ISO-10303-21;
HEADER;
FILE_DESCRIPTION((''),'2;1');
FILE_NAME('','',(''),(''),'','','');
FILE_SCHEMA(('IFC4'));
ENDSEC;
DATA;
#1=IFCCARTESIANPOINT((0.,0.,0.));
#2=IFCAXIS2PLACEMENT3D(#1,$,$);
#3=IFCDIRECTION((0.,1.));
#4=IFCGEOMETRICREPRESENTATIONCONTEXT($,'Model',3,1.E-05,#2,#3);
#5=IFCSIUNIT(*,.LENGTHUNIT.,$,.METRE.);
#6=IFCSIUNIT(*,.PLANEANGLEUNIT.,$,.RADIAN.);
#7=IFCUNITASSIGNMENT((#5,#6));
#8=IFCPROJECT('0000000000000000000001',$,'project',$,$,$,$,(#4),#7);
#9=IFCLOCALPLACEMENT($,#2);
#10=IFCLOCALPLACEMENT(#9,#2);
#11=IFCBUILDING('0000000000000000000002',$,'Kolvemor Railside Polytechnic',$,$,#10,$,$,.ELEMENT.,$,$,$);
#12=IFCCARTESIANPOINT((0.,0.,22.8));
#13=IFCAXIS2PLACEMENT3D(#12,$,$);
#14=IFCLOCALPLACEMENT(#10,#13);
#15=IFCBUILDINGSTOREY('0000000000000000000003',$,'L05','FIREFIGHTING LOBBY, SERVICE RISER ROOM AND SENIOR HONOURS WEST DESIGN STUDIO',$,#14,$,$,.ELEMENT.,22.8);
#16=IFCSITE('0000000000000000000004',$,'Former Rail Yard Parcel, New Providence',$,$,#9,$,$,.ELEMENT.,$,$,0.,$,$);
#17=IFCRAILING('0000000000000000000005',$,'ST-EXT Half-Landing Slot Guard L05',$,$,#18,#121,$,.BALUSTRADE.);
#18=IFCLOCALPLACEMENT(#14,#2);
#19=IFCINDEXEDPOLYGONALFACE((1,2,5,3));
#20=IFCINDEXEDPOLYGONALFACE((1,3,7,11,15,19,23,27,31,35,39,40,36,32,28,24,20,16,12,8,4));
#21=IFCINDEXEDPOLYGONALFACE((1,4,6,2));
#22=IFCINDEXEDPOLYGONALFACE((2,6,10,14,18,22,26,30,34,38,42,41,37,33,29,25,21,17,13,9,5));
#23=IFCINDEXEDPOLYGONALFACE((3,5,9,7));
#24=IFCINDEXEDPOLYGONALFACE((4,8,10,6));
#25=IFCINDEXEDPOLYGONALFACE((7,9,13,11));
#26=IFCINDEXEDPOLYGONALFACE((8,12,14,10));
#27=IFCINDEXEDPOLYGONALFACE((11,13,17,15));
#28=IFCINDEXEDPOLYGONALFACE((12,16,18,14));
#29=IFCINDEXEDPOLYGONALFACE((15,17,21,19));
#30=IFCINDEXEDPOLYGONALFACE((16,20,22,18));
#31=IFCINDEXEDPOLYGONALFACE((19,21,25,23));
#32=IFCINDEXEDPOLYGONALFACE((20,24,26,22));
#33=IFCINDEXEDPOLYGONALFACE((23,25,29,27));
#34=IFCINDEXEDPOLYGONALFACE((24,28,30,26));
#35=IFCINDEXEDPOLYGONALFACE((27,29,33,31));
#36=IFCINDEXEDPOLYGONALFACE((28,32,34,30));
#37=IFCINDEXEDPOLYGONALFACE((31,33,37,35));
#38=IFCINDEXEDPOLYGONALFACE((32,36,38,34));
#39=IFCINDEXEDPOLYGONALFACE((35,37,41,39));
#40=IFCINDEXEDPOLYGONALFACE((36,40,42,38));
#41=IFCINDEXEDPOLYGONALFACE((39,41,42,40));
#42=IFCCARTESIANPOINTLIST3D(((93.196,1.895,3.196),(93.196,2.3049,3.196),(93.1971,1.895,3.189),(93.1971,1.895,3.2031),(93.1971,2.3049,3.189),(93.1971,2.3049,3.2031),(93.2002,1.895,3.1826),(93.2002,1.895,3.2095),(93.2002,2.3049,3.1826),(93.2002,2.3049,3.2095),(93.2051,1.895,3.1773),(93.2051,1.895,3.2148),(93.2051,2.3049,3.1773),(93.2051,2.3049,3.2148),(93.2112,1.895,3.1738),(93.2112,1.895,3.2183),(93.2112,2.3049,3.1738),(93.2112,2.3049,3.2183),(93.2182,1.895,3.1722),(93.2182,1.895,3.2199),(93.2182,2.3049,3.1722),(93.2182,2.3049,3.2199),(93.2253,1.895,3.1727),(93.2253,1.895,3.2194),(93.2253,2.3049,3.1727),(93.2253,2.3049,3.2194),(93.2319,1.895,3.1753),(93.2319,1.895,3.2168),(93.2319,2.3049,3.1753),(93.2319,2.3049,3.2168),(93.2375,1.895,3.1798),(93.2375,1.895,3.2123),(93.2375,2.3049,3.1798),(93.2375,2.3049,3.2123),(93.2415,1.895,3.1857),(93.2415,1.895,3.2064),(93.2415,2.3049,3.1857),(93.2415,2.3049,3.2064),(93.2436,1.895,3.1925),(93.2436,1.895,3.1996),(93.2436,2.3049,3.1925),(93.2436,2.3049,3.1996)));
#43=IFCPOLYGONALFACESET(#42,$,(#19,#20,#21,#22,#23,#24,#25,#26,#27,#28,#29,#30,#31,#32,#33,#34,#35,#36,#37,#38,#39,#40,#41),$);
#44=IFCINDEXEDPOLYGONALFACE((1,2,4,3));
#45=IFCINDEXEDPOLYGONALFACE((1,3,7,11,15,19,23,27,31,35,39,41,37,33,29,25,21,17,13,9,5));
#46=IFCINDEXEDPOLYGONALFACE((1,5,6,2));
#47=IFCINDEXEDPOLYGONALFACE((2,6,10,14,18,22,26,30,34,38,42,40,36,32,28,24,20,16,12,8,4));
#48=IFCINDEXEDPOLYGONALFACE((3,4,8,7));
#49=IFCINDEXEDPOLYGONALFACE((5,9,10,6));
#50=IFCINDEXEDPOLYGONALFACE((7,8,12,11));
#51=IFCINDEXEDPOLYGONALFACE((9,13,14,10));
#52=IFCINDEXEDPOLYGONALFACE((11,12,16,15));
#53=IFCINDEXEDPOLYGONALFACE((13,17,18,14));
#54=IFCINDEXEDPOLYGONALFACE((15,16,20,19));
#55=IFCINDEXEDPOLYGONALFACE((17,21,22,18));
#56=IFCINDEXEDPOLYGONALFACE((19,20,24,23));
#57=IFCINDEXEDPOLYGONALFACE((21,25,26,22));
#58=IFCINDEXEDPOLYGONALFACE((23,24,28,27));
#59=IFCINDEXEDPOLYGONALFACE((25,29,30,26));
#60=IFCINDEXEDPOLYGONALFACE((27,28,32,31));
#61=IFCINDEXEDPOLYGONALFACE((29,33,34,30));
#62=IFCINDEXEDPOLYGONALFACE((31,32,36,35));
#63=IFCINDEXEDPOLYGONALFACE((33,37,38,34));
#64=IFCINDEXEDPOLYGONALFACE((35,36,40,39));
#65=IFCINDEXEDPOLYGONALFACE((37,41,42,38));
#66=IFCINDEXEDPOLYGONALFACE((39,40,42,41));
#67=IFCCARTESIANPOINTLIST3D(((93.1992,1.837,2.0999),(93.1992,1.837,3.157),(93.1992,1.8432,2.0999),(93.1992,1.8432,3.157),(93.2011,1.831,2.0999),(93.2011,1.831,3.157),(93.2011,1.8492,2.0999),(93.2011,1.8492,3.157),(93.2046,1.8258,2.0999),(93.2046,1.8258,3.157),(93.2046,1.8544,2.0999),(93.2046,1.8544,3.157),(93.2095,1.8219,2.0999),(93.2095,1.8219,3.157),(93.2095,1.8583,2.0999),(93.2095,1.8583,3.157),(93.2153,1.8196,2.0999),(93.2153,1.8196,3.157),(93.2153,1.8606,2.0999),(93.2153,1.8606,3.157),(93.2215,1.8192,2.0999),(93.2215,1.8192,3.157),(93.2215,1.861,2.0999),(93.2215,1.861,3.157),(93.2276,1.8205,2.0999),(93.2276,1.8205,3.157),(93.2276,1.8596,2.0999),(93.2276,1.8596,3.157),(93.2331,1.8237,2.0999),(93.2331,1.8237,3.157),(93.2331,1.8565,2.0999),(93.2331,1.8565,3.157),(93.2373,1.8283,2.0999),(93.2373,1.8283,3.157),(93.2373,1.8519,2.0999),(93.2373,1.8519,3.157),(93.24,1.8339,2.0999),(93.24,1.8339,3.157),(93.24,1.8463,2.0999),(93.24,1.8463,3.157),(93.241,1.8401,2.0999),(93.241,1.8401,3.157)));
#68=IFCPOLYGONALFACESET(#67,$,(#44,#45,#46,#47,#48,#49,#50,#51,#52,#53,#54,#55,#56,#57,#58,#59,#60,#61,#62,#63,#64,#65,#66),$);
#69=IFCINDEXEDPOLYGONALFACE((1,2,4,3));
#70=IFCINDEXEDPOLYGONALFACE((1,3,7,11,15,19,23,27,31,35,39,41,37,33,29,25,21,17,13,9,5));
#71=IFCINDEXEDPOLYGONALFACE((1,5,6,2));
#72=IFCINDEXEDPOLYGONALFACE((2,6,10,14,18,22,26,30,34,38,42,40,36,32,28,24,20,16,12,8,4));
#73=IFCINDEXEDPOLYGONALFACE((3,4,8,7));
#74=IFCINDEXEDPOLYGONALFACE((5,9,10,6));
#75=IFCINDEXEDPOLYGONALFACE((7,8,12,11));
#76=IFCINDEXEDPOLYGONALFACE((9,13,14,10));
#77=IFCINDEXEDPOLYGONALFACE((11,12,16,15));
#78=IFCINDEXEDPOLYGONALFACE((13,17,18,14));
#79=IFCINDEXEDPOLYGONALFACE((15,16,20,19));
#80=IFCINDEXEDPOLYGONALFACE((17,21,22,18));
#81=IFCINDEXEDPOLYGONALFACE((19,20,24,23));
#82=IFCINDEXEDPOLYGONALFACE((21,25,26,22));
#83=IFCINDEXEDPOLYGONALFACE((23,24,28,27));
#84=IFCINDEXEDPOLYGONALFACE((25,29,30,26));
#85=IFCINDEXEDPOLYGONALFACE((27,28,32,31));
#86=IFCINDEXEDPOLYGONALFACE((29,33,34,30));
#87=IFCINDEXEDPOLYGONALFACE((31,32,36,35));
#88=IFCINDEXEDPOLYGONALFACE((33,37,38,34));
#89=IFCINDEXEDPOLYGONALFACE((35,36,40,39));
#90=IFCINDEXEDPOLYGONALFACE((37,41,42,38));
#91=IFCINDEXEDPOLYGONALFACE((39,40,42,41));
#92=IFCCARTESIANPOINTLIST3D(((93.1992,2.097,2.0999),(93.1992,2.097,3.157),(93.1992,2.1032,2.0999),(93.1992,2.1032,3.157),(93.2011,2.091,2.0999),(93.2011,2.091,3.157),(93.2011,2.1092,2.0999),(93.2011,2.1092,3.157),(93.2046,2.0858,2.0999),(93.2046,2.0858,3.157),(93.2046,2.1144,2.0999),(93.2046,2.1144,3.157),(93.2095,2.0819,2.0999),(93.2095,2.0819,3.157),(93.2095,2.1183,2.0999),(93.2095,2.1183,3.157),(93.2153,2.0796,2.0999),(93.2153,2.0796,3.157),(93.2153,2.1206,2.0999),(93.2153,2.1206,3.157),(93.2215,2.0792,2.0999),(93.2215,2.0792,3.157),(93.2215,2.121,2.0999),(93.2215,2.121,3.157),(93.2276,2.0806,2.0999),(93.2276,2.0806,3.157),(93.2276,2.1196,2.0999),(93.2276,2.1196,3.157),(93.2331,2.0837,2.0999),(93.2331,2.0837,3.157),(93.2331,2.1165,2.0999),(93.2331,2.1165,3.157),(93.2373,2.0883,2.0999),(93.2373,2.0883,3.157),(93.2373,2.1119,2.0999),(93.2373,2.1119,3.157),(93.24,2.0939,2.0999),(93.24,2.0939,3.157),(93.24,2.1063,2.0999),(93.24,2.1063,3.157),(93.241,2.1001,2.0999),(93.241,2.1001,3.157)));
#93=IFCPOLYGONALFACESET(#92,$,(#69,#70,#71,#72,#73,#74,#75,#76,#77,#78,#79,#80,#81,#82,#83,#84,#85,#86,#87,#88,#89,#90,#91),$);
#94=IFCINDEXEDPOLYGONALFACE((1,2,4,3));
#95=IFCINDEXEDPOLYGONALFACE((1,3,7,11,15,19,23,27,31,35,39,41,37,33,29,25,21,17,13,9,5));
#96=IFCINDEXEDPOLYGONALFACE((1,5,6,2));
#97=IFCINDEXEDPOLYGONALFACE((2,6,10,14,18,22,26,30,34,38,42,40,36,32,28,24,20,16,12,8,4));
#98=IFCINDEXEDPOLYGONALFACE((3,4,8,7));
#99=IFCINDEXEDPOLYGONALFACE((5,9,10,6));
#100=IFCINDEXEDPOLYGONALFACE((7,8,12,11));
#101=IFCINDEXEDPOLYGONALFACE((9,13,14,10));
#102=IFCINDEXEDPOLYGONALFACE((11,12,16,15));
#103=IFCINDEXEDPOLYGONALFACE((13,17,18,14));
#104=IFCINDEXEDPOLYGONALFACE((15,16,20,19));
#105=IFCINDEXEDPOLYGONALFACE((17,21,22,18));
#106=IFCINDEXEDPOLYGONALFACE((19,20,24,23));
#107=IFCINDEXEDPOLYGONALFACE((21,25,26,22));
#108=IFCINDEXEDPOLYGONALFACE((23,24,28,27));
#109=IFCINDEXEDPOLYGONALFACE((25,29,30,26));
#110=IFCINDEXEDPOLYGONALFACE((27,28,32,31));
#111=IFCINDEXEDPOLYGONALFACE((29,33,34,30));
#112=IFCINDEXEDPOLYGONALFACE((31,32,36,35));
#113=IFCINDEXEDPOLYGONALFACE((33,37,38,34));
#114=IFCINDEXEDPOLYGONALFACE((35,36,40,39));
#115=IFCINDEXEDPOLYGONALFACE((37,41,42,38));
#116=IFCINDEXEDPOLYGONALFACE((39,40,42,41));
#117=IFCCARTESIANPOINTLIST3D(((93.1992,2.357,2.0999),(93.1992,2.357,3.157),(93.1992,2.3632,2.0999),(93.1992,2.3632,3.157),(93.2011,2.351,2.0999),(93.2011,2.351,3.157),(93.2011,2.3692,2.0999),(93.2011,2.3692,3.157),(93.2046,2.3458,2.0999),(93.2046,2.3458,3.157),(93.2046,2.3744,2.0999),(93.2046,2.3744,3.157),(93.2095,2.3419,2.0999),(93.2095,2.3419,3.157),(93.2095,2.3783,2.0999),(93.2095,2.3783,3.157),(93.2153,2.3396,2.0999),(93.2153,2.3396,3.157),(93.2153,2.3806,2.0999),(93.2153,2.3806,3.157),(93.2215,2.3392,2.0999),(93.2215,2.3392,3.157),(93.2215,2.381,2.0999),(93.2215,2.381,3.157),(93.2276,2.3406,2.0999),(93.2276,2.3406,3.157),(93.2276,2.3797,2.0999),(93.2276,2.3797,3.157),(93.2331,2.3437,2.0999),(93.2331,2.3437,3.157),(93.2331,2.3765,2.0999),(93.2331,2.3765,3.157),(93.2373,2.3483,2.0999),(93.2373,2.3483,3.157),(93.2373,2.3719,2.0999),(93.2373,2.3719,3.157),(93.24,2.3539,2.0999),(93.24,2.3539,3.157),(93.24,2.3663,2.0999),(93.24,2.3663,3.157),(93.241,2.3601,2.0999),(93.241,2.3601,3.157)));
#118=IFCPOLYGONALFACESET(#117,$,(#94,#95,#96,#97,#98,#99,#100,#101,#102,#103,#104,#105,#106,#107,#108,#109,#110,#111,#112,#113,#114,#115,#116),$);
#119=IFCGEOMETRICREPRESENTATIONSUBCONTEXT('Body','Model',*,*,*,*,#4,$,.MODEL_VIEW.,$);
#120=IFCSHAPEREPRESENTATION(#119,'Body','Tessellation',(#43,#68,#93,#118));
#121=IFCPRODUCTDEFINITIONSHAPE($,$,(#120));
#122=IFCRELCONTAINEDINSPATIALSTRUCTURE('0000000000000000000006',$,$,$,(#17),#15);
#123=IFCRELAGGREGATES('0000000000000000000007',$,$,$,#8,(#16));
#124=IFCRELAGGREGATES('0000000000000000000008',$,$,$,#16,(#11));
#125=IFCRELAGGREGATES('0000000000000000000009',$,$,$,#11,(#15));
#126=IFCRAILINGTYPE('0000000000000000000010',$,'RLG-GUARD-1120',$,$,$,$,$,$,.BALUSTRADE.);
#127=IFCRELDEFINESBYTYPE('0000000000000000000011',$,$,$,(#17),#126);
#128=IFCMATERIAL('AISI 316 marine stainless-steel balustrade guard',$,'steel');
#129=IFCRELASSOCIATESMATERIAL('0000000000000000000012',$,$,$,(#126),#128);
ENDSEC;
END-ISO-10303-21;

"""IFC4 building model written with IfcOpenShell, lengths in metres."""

from ifc_helpers import new_model, si_unit, direction, frame, origin, origin_2d, place, context, subcontext, project, spatial, circle, extrude, material, type_object, element, save


model = new_model("IFC4")

# Units and contexts
model_context = context("Model", 3, precision=1e-05, world=origin(), true_north=direction((0.0, 1.0)))
body_context = subcontext(model_context, "Body", "Model", "MODEL_VIEW")
ifc_project = project(units=[si_unit("LENGTHUNIT", "METRE"), si_unit("PLANEANGLEUNIT", "RADIAN")], contexts=[model_context])

# Site, building, storey
site_placement = place(None, origin())
site = spatial("IfcSite", under=ifc_project, at=site_placement, Name="Former Rail Yard Parcel, New Providence", CompositionType="ELEMENT", RefElevation=0.0)
building_placement = place(site_placement, origin())
building = spatial("IfcBuilding", under=site, at=building_placement, Name="Kolvemor Railside Polytechnic", CompositionType="ELEMENT")
storey_placement = place(building_placement, frame((0.0, 0.0, 22.8)))
storey = spatial("IfcBuildingStorey", under=building, at=storey_placement, Name="L05", Description="FIREFIGHTING LOBBY, SERVICE RISER ROOM AND SENIOR HONOURS WEST DESIGN STUDIO", CompositionType="ELEMENT", Elevation=22.8)

# Railing
ifc_material_1 = material(Name="AISI 316 marine stainless-steel balustrade guard", Category="steel")
railing_type_1 = type_object("IfcRailingType", Name="RLG-GUARD-1120", PredefinedType="BALUSTRADE", material=ifc_material_1)
railing_1_placement = place(storey_placement, frame((93.22, 1.8401, 2.0999)))
element("IfcRailing", 1, at=railing_1_placement, inside=storey, type_object=railing_type_1, Name="ST-EXT Half-Landing Slot Guard L05", PredefinedType="BALUSTRADE", context=body_context, shape_type="SweptSolid", body=[
    extrude(circle(Radius=0.0239, at=origin_2d()), frame((0.0, 0.0549, 1.0962), z_axis=(0.0, 1.0, 0.0), x_axis=(-1.0, 0.0, 0.0)), (0.0, 0.0, 1.0), 0.4099),
    extrude(circle(Radius=0.021, at=origin_2d()), origin(), (0.0, 0.0, 1.0), 1.0571),
    extrude(circle(Radius=0.021, at=origin_2d()), frame((0.0, 0.26, 0.0)), (0.0, 0.0, 1.0), 1.0571),
    extrude(circle(Radius=0.021, at=origin_2d()), frame((0.0, 0.52, 0.0)), (0.0, 0.0, 1.0), 1.0571),
])

save(model, "model.ifc")
